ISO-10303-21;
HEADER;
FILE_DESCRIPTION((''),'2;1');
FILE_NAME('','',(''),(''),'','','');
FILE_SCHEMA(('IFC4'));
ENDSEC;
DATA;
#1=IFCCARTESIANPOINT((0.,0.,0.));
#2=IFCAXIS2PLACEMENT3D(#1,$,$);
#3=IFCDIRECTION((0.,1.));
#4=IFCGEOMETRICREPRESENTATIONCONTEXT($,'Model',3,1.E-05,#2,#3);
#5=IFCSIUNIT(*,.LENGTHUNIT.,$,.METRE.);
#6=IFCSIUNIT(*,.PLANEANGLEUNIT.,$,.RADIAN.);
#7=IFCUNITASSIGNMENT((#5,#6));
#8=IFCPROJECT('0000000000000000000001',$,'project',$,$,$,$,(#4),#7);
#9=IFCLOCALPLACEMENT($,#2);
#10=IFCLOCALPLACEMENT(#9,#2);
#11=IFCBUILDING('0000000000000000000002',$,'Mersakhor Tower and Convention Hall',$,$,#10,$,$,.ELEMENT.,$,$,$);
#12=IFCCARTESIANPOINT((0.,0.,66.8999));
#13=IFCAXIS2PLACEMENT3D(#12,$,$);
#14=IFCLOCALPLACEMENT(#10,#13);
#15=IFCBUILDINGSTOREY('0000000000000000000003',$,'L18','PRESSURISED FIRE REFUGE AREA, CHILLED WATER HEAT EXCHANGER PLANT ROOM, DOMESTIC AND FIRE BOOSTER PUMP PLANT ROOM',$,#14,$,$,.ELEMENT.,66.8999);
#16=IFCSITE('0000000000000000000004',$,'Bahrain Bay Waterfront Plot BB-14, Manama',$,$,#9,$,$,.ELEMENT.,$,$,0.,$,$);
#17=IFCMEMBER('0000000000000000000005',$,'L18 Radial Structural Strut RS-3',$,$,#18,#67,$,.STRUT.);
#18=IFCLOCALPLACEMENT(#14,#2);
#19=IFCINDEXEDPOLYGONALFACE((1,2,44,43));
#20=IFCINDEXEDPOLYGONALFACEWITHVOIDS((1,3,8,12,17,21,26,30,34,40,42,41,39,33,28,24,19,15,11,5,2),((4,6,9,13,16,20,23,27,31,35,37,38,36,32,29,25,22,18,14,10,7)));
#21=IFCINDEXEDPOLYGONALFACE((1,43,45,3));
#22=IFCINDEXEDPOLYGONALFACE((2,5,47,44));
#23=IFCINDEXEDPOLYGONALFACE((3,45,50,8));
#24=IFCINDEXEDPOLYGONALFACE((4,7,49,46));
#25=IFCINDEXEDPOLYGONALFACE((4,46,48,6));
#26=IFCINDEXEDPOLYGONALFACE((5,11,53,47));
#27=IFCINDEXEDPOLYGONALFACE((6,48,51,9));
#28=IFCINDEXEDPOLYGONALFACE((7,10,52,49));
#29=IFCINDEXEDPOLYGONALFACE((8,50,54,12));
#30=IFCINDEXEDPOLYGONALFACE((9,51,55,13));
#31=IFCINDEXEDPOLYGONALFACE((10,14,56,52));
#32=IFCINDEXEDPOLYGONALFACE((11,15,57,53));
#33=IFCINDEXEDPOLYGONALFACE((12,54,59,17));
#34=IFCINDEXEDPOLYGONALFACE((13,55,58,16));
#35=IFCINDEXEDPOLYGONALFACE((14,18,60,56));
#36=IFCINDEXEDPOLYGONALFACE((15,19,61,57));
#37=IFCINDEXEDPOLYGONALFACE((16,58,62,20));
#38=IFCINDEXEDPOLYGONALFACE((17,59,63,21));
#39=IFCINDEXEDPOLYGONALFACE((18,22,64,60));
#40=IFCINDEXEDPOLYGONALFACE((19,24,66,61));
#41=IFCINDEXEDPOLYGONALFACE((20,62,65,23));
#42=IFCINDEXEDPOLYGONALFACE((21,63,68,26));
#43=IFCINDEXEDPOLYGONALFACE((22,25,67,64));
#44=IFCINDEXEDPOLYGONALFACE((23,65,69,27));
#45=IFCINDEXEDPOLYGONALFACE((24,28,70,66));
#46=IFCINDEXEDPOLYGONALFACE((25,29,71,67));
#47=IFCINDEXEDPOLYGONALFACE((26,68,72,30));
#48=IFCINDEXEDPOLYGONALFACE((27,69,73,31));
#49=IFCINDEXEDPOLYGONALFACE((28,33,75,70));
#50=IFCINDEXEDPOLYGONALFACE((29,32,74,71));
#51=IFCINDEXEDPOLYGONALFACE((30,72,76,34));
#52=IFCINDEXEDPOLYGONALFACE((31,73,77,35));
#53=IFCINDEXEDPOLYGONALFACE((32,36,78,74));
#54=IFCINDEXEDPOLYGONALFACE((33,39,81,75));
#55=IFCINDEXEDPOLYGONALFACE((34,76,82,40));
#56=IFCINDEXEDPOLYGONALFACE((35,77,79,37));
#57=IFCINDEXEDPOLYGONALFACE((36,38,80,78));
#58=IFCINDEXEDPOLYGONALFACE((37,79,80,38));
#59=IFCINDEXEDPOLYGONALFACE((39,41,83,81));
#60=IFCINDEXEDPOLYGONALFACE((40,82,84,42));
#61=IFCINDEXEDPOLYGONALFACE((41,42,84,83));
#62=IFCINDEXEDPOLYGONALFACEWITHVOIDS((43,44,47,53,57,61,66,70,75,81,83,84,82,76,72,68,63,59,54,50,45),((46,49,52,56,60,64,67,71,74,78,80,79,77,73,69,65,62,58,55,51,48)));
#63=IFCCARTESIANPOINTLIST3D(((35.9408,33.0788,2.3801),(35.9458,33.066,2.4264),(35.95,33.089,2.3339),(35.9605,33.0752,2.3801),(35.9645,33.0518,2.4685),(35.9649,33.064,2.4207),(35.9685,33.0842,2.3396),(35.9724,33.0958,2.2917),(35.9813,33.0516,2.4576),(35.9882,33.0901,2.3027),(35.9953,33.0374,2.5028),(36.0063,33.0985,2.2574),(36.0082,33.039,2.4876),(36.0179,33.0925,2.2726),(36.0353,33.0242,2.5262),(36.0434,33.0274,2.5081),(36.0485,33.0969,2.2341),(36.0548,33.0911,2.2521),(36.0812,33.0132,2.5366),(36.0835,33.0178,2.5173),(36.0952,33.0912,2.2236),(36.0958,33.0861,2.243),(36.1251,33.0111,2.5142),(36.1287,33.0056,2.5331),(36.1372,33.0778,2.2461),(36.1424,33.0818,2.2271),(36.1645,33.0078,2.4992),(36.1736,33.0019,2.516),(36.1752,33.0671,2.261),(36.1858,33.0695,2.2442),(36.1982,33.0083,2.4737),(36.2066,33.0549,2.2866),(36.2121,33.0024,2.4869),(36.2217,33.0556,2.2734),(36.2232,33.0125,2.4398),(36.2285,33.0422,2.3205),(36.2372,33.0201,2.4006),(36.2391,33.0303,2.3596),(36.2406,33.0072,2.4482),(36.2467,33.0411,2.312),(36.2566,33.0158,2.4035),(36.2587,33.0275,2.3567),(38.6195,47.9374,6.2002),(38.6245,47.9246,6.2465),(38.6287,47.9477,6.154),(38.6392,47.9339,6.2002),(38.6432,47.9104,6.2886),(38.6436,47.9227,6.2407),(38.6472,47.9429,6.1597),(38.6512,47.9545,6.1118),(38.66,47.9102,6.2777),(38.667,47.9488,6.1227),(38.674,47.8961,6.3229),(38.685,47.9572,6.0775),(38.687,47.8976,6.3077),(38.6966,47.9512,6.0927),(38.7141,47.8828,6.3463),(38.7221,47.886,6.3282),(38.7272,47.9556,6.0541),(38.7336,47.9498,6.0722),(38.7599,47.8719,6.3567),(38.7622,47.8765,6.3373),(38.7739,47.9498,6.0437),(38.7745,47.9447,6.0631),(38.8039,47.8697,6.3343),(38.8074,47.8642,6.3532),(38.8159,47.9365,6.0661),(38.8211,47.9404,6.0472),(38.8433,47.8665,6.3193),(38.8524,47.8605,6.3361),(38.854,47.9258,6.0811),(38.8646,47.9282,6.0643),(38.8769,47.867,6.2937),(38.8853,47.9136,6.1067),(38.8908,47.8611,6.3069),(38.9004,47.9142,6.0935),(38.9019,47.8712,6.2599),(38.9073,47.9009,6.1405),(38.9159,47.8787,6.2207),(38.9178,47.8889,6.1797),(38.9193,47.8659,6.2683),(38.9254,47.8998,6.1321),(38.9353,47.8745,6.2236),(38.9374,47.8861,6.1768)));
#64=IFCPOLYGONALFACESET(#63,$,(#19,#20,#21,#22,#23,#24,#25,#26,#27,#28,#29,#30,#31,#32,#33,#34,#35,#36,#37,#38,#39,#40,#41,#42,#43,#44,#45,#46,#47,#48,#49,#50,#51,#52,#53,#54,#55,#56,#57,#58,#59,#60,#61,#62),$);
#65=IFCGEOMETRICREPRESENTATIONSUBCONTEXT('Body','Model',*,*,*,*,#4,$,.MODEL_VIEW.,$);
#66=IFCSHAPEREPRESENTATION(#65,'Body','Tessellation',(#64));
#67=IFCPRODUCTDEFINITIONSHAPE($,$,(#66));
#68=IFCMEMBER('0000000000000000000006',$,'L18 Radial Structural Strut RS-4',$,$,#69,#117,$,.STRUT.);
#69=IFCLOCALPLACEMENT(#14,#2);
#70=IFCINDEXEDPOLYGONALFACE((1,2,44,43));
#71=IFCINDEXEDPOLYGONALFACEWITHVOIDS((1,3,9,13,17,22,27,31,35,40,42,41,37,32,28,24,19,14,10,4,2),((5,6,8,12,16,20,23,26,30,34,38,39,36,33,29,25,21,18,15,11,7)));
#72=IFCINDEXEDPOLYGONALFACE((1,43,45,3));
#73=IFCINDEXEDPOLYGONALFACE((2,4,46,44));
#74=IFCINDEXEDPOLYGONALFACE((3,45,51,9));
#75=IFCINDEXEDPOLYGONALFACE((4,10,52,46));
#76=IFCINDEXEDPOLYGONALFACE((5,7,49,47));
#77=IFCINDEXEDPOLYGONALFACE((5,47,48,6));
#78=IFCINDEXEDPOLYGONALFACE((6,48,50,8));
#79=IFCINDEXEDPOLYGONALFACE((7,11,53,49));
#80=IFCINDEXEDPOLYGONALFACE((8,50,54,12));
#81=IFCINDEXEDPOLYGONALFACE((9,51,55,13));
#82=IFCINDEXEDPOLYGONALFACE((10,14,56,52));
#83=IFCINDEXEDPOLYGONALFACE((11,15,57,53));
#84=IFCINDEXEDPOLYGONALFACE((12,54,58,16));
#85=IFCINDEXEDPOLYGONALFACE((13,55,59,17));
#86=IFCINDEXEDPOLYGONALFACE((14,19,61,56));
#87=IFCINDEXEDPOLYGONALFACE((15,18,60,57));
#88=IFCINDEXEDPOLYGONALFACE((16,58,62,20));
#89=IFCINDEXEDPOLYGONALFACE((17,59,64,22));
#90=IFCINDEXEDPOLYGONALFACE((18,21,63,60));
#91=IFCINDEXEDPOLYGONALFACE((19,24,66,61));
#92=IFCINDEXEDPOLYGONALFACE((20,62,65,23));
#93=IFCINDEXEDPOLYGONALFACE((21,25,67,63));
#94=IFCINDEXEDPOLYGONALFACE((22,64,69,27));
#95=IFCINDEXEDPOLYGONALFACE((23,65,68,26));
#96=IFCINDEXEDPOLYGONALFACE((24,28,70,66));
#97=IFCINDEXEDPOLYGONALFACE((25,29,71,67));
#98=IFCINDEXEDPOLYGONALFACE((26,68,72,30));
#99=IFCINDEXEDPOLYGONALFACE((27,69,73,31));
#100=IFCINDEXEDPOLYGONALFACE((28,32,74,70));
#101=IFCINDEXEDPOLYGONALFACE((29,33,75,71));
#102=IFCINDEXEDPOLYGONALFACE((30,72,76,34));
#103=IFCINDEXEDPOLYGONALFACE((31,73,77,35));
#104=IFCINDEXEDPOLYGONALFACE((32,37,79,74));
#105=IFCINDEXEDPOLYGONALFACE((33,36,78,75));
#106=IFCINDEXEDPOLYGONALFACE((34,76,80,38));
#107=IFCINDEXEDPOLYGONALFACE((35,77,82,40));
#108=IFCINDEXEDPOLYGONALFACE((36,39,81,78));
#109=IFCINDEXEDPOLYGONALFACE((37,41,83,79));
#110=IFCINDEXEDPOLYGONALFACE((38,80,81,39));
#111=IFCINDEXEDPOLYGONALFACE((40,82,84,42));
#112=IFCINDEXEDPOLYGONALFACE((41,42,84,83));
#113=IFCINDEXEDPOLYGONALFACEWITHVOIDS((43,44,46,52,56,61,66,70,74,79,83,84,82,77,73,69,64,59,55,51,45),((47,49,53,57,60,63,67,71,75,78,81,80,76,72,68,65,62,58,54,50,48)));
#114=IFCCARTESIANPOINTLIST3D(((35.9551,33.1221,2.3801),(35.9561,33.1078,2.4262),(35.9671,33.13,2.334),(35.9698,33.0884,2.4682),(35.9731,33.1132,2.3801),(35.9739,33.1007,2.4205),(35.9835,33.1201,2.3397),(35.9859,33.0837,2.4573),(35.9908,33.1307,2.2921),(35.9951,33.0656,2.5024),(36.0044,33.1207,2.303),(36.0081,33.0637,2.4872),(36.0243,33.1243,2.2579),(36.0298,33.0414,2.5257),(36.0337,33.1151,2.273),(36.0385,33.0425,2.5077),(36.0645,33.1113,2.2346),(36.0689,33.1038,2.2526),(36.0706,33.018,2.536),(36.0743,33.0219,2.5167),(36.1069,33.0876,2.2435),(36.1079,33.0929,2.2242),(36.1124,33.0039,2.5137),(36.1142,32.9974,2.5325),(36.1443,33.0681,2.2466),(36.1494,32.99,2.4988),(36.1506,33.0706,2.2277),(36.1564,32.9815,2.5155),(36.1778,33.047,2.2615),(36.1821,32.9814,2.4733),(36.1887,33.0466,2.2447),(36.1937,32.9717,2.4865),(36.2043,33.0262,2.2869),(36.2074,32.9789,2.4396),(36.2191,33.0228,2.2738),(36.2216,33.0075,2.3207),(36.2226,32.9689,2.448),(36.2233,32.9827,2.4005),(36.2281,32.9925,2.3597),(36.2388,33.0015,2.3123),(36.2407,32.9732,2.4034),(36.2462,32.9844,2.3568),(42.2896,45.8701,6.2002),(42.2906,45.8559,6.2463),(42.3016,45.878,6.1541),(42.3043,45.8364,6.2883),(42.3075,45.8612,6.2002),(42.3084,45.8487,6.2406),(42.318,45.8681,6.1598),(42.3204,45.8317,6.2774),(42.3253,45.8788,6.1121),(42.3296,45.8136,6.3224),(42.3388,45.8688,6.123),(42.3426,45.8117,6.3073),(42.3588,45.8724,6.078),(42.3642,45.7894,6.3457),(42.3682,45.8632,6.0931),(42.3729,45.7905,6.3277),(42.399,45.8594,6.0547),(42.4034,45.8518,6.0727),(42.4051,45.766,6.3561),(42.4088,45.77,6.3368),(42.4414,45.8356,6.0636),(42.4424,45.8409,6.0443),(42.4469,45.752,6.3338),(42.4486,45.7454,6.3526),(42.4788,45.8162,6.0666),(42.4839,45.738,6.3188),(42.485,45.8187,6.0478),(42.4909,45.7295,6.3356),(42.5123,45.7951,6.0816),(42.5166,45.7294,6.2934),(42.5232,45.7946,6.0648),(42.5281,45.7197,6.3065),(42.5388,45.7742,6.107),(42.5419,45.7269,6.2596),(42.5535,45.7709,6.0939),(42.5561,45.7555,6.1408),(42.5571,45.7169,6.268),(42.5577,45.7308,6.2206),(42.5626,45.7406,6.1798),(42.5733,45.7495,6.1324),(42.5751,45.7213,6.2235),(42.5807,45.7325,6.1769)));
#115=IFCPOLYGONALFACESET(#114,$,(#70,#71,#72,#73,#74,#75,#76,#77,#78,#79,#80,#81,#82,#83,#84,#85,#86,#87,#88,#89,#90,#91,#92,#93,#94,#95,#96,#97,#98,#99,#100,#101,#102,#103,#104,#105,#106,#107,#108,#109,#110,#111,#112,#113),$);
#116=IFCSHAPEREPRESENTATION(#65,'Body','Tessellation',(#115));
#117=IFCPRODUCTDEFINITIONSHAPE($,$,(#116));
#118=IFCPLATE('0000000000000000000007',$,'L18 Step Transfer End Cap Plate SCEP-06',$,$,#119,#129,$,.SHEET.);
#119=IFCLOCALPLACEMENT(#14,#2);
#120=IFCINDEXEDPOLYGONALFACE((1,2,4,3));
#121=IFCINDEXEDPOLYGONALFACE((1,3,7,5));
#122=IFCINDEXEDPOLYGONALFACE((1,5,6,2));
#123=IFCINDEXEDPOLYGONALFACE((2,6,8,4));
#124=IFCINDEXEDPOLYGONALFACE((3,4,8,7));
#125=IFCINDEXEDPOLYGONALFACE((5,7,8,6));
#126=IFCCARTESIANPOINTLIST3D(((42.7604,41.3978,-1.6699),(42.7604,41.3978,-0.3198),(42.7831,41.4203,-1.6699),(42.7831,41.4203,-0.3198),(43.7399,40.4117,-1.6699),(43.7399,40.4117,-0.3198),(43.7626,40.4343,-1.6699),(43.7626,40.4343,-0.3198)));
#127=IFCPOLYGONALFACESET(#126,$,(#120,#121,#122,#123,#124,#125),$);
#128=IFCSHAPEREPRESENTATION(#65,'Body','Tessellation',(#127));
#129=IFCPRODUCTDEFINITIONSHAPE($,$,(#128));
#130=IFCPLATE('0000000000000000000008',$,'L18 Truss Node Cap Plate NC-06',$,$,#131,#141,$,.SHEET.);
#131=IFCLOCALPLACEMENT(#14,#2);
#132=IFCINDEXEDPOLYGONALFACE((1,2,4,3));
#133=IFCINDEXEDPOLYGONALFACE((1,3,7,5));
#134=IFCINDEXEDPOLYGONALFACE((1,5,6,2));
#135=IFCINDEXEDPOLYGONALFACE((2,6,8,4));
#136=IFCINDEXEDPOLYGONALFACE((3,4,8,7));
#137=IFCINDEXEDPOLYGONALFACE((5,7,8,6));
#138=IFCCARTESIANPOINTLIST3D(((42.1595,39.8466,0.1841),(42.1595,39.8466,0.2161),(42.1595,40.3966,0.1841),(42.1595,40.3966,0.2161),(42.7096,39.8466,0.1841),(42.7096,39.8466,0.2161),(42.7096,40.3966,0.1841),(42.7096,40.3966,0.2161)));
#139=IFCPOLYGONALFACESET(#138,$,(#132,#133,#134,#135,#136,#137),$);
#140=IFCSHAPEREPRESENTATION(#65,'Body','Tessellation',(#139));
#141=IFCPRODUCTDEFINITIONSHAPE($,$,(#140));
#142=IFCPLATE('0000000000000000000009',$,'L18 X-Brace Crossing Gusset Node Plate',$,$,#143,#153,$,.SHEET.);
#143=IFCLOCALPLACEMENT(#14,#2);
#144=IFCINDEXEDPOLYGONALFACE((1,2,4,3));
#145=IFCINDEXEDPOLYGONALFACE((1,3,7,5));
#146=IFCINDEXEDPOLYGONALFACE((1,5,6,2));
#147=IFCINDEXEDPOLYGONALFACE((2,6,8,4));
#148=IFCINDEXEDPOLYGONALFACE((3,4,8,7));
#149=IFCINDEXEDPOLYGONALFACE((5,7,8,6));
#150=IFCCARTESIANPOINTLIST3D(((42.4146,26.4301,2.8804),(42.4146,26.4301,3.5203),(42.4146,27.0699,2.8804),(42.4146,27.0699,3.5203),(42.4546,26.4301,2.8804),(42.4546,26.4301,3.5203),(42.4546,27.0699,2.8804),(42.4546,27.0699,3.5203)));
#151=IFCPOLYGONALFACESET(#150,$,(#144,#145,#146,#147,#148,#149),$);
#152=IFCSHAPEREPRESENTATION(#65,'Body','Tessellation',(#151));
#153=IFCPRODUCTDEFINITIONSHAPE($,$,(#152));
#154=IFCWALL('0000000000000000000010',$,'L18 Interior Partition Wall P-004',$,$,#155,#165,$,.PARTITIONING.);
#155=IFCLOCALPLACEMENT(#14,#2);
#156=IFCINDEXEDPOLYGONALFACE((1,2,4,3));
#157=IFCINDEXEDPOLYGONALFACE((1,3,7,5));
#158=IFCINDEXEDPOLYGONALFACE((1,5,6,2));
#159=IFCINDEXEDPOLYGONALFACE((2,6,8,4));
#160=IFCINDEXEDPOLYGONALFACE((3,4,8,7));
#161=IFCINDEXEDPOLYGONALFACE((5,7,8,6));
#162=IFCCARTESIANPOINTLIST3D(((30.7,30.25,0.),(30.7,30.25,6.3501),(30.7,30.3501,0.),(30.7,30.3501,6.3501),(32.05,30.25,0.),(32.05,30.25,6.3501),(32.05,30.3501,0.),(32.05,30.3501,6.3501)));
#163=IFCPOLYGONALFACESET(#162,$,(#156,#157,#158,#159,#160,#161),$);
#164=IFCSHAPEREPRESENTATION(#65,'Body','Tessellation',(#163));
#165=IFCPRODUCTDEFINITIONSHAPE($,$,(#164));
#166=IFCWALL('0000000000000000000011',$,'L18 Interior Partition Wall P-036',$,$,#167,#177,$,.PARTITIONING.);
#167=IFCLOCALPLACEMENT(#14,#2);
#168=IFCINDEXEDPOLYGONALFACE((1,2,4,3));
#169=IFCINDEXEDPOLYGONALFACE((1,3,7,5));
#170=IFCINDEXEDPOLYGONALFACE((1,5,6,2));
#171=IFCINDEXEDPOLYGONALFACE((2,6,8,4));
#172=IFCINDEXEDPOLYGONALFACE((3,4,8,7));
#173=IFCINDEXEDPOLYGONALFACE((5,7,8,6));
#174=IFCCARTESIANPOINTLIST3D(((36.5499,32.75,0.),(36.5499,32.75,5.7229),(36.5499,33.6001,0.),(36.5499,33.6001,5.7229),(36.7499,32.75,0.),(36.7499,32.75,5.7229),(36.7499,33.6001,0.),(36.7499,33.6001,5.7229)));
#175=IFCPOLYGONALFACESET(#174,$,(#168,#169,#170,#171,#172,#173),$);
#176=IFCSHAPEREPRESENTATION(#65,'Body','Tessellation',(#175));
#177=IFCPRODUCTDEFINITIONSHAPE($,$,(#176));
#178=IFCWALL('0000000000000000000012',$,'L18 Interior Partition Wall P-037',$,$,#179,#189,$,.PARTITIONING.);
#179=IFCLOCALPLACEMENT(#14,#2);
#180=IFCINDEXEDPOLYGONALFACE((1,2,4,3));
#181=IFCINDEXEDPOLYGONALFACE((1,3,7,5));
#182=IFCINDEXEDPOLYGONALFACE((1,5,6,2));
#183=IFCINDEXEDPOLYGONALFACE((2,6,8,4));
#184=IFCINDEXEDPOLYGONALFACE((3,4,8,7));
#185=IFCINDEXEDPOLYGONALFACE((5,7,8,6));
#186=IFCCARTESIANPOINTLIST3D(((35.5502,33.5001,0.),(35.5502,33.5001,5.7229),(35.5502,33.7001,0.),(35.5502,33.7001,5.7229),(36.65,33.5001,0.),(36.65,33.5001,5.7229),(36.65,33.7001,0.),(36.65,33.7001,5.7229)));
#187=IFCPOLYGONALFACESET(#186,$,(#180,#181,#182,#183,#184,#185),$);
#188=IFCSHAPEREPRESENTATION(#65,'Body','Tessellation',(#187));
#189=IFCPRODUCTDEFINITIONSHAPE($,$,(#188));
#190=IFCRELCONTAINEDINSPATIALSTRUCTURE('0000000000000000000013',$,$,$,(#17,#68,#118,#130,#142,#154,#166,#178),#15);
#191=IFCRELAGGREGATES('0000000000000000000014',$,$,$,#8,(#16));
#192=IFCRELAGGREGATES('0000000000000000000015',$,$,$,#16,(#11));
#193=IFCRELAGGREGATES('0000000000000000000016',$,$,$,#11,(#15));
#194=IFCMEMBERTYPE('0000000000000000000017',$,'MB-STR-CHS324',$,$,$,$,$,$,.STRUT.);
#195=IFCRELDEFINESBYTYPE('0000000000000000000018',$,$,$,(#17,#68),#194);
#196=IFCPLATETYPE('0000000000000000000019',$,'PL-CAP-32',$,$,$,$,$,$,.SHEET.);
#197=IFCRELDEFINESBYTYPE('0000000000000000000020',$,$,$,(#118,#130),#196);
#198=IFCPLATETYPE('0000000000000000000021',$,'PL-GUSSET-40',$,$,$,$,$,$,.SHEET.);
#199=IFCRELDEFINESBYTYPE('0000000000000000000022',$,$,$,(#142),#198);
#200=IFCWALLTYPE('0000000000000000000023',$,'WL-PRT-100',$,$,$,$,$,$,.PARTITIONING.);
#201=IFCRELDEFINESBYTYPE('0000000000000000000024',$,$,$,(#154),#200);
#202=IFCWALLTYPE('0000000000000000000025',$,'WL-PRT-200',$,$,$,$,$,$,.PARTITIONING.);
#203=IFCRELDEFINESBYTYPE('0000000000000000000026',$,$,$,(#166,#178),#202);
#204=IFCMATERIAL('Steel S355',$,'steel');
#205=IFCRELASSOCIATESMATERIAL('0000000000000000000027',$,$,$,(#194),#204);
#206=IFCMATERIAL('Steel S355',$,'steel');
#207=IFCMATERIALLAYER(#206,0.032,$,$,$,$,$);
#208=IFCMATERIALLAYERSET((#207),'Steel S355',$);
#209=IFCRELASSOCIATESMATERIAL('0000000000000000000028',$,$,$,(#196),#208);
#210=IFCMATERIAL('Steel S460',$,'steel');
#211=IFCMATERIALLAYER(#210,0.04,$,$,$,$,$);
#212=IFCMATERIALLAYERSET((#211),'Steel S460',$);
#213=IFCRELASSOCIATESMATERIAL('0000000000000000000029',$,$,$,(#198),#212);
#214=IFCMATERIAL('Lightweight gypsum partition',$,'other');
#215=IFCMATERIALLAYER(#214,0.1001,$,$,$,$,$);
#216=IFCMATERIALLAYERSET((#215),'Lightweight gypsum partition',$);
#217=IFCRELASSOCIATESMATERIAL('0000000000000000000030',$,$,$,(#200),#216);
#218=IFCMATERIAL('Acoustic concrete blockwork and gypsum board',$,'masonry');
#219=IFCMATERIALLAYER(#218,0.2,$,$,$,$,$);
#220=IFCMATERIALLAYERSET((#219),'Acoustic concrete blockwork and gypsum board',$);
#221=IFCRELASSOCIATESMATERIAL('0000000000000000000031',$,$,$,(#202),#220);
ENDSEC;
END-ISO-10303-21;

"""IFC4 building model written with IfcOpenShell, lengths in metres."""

from ifc_helpers import new_model, si_unit, direction, frame, frame_2d, origin, origin_2d, place, context, subcontext, project, spatial, rectangle, hollow_circle, extrude, material, layer, layer_set, material_profile, profile_set, type_object, element, save


model = new_model("IFC4")

# Units and contexts
model_context = context("Model", 3, precision=1e-05, world=origin(), true_north=direction((0.0, 1.0)))
body_context = subcontext(model_context, "Body", "Model", "MODEL_VIEW")
ifc_project = project(units=[si_unit("LENGTHUNIT", "METRE"), si_unit("PLANEANGLEUNIT", "RADIAN")], contexts=[model_context])

# Site, building, storey
site_placement = place(None, origin())
site = spatial("IfcSite", under=ifc_project, at=site_placement, Name="Bahrain Bay Waterfront Plot BB-14, Manama", CompositionType="ELEMENT", RefElevation=0.0)
building_placement = place(site_placement, origin())
building = spatial("IfcBuilding", under=site, at=building_placement, Name="Mersakhor Tower and Convention Hall", CompositionType="ELEMENT")
storey_placement = place(building_placement, frame((0.0, 0.0, 66.8999)))
storey = spatial("IfcBuildingStorey", under=building, at=storey_placement, Name="L18", Description="PRESSURISED FIRE REFUGE AREA, CHILLED WATER HEAT EXCHANGER PLANT ROOM, DOMESTIC AND FIRE BOOSTER PUMP PLANT ROOM", CompositionType="ELEMENT", Elevation=66.8999)

# Members
ifc_material_1 = material(Name="Steel S355", Category="steel")
ifc_material_profile_1 = material_profile(ifc_material_1, hollow_circle(Radius=0.1619, WallThickness=0.02, at=origin_2d()), Name="CHS 323.9x20")
ifc_profile_set_1 = profile_set([ifc_material_profile_1], Name="Steel S355")
member_type_1 = type_object("IfcMemberType", Name="MB-STR-CHS324", PredefinedType="STRUT", material=ifc_profile_set_1)
member_1_placement = place(storey_placement, frame((36.1001, 33.05, 2.3801), z_axis=(0.172, 0.954071, 0.245286), x_axis=(-0.984135, 0.17742, 0.0)))
element("IfcMember", 1, at=member_1_placement, inside=storey, type_object=member_type_1, Name="L18 Radial Structural Strut RS-3", PredefinedType="STRUT", context=body_context, shape_type="SweptSolid", body=[
    extrude(hollow_circle(Radius=0.1619, WallThickness=0.02, at=origin_2d()), origin(), (0.0, 0.0, 1.0), 15.574),
])
member_2_placement = place(storey_placement, frame((36.1001, 33.05, 2.3801), z_axis=(0.429783, 0.864933, 0.259185), x_axis=(-0.895536, 0.444989, 0.0)))
element("IfcMember", 2, at=member_2_placement, inside=storey, type_object=member_type_1, Name="L18 Radial Structural Strut RS-4", PredefinedType="STRUT", context=body_context, shape_type="SweptSolid", body=[
    extrude(hollow_circle(Radius=0.1619, WallThickness=0.02, at=origin_2d()), origin(), (0.0, 0.0, 1.0), 14.7388),
])

# Plates
ifc_material_2 = material(Name="Steel S355", Category="steel")
ifc_layer_1 = layer(ifc_material_2, 0.032)
ifc_layer_set_1 = layer_set([ifc_layer_1], Name="Steel S355")
plate_type_1 = type_object("IfcPlateType", Name="PL-CAP-32", PredefinedType="SHEET", material=ifc_layer_set_1)
plate_1_placement = place(storey_placement, frame((43.2615, 40.916, -1.6699), z_axis=(0.0, 0.0, 1.0), x_axis=(-0.709448, -0.704758, 0.0)))
element("IfcPlate", 3, at=plate_1_placement, inside=storey, type_object=plate_type_1, Name="L18 Step Transfer End Cap Plate SCEP-06", PredefinedType="SHEET", context=body_context, shape_type="SweptSolid", body=[
    extrude(rectangle(XDim=0.032, YDim=1.3899, at=origin_2d()), origin(), (0.0, 0.0, 1.0), 1.3501),
])
plate_2_placement = place(storey_placement, frame((42.4346, 40.1216, 0.1841), z_axis=(0.0, 0.0, 1.0), x_axis=(1.0, 0.0, 0.0)))
element("IfcPlate", 4, at=plate_2_placement, inside=storey, type_object=plate_type_1, Name="L18 Truss Node Cap Plate NC-06", PredefinedType="SHEET", context=body_context, shape_type="SweptSolid", body=[
    extrude(rectangle(XDim=0.55, YDim=0.55, at=origin_2d()), origin(), (0.0, 0.0, 1.0), 0.032),
])
ifc_material_3 = material(Name="Steel S460", Category="steel")
ifc_layer_2 = layer(ifc_material_3, 0.04)
ifc_layer_set_2 = layer_set([ifc_layer_2], Name="Steel S460")
plate_type_2 = type_object("IfcPlateType", Name="PL-GUSSET-40", PredefinedType="SHEET", material=ifc_layer_set_2)
plate_3_placement = place(storey_placement, frame((42.4346, 26.75, 2.8804), z_axis=(0.0, 0.0, 1.0), x_axis=(0.0, 1.0, 0.0)))
element("IfcPlate", 5, at=plate_3_placement, inside=storey, type_object=plate_type_2, Name="L18 X-Brace Crossing Gusset Node Plate", PredefinedType="SHEET", context=body_context, shape_type="SweptSolid", body=[
    extrude(rectangle(XDim=0.6399, YDim=0.04, at=origin_2d()), origin(), (0.0, 0.0, 1.0), 0.6399),
])

# Walls
ifc_material_4 = material(Name="Lightweight gypsum partition", Category="other")
ifc_layer_3 = layer(ifc_material_4, 0.1001)
ifc_layer_set_3 = layer_set([ifc_layer_3], Name="Lightweight gypsum partition")
wall_type_1 = type_object("IfcWallType", Name="WL-PRT-100", PredefinedType="PARTITIONING", material=ifc_layer_set_3)
wall_1_placement = place(storey_placement, frame((32.05, 30.3, 0.0), z_axis=(0.0, 0.0, 1.0), x_axis=(-1.0, 0.0, 0.0)))
element("IfcWall", 6, at=wall_1_placement, inside=storey, type_object=wall_type_1, Name="L18 Interior Partition Wall P-004", PredefinedType="PARTITIONING", context=body_context, shape_type="SweptSolid", body=[
    extrude(rectangle(XDim=1.3501, YDim=0.1001, at=frame_2d((0.675, 0.0))), origin(), (0.0, 0.0, 1.0), 6.3501),
])
ifc_material_5 = material(Name="Acoustic concrete blockwork and gypsum board", Category="masonry")
ifc_layer_4 = layer(ifc_material_5, 0.2)
ifc_layer_set_4 = layer_set([ifc_layer_4], Name="Acoustic concrete blockwork and gypsum board")
wall_type_2 = type_object("IfcWallType", Name="WL-PRT-200", PredefinedType="PARTITIONING", material=ifc_layer_set_4)
wall_2_placement = place(storey_placement, frame((36.6499, 32.75, 0.0), z_axis=(0.0, 0.0, 1.0), x_axis=(0.0, 1.0, 0.0)))
element("IfcWall", 7, at=wall_2_placement, inside=storey, type_object=wall_type_2, Name="L18 Interior Partition Wall P-036", PredefinedType="PARTITIONING", context=body_context, shape_type="SweptSolid", body=[
    extrude(rectangle(XDim=0.8501, YDim=0.2, at=frame_2d((0.425, 0.0))), origin(), (0.0, 0.0, 1.0), 5.7229),
])
wall_3_placement = place(storey_placement, frame((36.6499, 33.6001, 0.0), z_axis=(0.0, 0.0, 1.0), x_axis=(-1.0, 0.0, 0.0)))
element("IfcWall", 8, at=wall_3_placement, inside=storey, type_object=wall_type_2, Name="L18 Interior Partition Wall P-037", PredefinedType="PARTITIONING", context=body_context, shape_type="SweptSolid", body=[
    extrude(rectangle(XDim=1.0999, YDim=0.2, at=frame_2d((0.5498, 0.0))), origin(), (0.0, 0.0, 1.0), 5.7229),
])

save(model, "model.ifc")
